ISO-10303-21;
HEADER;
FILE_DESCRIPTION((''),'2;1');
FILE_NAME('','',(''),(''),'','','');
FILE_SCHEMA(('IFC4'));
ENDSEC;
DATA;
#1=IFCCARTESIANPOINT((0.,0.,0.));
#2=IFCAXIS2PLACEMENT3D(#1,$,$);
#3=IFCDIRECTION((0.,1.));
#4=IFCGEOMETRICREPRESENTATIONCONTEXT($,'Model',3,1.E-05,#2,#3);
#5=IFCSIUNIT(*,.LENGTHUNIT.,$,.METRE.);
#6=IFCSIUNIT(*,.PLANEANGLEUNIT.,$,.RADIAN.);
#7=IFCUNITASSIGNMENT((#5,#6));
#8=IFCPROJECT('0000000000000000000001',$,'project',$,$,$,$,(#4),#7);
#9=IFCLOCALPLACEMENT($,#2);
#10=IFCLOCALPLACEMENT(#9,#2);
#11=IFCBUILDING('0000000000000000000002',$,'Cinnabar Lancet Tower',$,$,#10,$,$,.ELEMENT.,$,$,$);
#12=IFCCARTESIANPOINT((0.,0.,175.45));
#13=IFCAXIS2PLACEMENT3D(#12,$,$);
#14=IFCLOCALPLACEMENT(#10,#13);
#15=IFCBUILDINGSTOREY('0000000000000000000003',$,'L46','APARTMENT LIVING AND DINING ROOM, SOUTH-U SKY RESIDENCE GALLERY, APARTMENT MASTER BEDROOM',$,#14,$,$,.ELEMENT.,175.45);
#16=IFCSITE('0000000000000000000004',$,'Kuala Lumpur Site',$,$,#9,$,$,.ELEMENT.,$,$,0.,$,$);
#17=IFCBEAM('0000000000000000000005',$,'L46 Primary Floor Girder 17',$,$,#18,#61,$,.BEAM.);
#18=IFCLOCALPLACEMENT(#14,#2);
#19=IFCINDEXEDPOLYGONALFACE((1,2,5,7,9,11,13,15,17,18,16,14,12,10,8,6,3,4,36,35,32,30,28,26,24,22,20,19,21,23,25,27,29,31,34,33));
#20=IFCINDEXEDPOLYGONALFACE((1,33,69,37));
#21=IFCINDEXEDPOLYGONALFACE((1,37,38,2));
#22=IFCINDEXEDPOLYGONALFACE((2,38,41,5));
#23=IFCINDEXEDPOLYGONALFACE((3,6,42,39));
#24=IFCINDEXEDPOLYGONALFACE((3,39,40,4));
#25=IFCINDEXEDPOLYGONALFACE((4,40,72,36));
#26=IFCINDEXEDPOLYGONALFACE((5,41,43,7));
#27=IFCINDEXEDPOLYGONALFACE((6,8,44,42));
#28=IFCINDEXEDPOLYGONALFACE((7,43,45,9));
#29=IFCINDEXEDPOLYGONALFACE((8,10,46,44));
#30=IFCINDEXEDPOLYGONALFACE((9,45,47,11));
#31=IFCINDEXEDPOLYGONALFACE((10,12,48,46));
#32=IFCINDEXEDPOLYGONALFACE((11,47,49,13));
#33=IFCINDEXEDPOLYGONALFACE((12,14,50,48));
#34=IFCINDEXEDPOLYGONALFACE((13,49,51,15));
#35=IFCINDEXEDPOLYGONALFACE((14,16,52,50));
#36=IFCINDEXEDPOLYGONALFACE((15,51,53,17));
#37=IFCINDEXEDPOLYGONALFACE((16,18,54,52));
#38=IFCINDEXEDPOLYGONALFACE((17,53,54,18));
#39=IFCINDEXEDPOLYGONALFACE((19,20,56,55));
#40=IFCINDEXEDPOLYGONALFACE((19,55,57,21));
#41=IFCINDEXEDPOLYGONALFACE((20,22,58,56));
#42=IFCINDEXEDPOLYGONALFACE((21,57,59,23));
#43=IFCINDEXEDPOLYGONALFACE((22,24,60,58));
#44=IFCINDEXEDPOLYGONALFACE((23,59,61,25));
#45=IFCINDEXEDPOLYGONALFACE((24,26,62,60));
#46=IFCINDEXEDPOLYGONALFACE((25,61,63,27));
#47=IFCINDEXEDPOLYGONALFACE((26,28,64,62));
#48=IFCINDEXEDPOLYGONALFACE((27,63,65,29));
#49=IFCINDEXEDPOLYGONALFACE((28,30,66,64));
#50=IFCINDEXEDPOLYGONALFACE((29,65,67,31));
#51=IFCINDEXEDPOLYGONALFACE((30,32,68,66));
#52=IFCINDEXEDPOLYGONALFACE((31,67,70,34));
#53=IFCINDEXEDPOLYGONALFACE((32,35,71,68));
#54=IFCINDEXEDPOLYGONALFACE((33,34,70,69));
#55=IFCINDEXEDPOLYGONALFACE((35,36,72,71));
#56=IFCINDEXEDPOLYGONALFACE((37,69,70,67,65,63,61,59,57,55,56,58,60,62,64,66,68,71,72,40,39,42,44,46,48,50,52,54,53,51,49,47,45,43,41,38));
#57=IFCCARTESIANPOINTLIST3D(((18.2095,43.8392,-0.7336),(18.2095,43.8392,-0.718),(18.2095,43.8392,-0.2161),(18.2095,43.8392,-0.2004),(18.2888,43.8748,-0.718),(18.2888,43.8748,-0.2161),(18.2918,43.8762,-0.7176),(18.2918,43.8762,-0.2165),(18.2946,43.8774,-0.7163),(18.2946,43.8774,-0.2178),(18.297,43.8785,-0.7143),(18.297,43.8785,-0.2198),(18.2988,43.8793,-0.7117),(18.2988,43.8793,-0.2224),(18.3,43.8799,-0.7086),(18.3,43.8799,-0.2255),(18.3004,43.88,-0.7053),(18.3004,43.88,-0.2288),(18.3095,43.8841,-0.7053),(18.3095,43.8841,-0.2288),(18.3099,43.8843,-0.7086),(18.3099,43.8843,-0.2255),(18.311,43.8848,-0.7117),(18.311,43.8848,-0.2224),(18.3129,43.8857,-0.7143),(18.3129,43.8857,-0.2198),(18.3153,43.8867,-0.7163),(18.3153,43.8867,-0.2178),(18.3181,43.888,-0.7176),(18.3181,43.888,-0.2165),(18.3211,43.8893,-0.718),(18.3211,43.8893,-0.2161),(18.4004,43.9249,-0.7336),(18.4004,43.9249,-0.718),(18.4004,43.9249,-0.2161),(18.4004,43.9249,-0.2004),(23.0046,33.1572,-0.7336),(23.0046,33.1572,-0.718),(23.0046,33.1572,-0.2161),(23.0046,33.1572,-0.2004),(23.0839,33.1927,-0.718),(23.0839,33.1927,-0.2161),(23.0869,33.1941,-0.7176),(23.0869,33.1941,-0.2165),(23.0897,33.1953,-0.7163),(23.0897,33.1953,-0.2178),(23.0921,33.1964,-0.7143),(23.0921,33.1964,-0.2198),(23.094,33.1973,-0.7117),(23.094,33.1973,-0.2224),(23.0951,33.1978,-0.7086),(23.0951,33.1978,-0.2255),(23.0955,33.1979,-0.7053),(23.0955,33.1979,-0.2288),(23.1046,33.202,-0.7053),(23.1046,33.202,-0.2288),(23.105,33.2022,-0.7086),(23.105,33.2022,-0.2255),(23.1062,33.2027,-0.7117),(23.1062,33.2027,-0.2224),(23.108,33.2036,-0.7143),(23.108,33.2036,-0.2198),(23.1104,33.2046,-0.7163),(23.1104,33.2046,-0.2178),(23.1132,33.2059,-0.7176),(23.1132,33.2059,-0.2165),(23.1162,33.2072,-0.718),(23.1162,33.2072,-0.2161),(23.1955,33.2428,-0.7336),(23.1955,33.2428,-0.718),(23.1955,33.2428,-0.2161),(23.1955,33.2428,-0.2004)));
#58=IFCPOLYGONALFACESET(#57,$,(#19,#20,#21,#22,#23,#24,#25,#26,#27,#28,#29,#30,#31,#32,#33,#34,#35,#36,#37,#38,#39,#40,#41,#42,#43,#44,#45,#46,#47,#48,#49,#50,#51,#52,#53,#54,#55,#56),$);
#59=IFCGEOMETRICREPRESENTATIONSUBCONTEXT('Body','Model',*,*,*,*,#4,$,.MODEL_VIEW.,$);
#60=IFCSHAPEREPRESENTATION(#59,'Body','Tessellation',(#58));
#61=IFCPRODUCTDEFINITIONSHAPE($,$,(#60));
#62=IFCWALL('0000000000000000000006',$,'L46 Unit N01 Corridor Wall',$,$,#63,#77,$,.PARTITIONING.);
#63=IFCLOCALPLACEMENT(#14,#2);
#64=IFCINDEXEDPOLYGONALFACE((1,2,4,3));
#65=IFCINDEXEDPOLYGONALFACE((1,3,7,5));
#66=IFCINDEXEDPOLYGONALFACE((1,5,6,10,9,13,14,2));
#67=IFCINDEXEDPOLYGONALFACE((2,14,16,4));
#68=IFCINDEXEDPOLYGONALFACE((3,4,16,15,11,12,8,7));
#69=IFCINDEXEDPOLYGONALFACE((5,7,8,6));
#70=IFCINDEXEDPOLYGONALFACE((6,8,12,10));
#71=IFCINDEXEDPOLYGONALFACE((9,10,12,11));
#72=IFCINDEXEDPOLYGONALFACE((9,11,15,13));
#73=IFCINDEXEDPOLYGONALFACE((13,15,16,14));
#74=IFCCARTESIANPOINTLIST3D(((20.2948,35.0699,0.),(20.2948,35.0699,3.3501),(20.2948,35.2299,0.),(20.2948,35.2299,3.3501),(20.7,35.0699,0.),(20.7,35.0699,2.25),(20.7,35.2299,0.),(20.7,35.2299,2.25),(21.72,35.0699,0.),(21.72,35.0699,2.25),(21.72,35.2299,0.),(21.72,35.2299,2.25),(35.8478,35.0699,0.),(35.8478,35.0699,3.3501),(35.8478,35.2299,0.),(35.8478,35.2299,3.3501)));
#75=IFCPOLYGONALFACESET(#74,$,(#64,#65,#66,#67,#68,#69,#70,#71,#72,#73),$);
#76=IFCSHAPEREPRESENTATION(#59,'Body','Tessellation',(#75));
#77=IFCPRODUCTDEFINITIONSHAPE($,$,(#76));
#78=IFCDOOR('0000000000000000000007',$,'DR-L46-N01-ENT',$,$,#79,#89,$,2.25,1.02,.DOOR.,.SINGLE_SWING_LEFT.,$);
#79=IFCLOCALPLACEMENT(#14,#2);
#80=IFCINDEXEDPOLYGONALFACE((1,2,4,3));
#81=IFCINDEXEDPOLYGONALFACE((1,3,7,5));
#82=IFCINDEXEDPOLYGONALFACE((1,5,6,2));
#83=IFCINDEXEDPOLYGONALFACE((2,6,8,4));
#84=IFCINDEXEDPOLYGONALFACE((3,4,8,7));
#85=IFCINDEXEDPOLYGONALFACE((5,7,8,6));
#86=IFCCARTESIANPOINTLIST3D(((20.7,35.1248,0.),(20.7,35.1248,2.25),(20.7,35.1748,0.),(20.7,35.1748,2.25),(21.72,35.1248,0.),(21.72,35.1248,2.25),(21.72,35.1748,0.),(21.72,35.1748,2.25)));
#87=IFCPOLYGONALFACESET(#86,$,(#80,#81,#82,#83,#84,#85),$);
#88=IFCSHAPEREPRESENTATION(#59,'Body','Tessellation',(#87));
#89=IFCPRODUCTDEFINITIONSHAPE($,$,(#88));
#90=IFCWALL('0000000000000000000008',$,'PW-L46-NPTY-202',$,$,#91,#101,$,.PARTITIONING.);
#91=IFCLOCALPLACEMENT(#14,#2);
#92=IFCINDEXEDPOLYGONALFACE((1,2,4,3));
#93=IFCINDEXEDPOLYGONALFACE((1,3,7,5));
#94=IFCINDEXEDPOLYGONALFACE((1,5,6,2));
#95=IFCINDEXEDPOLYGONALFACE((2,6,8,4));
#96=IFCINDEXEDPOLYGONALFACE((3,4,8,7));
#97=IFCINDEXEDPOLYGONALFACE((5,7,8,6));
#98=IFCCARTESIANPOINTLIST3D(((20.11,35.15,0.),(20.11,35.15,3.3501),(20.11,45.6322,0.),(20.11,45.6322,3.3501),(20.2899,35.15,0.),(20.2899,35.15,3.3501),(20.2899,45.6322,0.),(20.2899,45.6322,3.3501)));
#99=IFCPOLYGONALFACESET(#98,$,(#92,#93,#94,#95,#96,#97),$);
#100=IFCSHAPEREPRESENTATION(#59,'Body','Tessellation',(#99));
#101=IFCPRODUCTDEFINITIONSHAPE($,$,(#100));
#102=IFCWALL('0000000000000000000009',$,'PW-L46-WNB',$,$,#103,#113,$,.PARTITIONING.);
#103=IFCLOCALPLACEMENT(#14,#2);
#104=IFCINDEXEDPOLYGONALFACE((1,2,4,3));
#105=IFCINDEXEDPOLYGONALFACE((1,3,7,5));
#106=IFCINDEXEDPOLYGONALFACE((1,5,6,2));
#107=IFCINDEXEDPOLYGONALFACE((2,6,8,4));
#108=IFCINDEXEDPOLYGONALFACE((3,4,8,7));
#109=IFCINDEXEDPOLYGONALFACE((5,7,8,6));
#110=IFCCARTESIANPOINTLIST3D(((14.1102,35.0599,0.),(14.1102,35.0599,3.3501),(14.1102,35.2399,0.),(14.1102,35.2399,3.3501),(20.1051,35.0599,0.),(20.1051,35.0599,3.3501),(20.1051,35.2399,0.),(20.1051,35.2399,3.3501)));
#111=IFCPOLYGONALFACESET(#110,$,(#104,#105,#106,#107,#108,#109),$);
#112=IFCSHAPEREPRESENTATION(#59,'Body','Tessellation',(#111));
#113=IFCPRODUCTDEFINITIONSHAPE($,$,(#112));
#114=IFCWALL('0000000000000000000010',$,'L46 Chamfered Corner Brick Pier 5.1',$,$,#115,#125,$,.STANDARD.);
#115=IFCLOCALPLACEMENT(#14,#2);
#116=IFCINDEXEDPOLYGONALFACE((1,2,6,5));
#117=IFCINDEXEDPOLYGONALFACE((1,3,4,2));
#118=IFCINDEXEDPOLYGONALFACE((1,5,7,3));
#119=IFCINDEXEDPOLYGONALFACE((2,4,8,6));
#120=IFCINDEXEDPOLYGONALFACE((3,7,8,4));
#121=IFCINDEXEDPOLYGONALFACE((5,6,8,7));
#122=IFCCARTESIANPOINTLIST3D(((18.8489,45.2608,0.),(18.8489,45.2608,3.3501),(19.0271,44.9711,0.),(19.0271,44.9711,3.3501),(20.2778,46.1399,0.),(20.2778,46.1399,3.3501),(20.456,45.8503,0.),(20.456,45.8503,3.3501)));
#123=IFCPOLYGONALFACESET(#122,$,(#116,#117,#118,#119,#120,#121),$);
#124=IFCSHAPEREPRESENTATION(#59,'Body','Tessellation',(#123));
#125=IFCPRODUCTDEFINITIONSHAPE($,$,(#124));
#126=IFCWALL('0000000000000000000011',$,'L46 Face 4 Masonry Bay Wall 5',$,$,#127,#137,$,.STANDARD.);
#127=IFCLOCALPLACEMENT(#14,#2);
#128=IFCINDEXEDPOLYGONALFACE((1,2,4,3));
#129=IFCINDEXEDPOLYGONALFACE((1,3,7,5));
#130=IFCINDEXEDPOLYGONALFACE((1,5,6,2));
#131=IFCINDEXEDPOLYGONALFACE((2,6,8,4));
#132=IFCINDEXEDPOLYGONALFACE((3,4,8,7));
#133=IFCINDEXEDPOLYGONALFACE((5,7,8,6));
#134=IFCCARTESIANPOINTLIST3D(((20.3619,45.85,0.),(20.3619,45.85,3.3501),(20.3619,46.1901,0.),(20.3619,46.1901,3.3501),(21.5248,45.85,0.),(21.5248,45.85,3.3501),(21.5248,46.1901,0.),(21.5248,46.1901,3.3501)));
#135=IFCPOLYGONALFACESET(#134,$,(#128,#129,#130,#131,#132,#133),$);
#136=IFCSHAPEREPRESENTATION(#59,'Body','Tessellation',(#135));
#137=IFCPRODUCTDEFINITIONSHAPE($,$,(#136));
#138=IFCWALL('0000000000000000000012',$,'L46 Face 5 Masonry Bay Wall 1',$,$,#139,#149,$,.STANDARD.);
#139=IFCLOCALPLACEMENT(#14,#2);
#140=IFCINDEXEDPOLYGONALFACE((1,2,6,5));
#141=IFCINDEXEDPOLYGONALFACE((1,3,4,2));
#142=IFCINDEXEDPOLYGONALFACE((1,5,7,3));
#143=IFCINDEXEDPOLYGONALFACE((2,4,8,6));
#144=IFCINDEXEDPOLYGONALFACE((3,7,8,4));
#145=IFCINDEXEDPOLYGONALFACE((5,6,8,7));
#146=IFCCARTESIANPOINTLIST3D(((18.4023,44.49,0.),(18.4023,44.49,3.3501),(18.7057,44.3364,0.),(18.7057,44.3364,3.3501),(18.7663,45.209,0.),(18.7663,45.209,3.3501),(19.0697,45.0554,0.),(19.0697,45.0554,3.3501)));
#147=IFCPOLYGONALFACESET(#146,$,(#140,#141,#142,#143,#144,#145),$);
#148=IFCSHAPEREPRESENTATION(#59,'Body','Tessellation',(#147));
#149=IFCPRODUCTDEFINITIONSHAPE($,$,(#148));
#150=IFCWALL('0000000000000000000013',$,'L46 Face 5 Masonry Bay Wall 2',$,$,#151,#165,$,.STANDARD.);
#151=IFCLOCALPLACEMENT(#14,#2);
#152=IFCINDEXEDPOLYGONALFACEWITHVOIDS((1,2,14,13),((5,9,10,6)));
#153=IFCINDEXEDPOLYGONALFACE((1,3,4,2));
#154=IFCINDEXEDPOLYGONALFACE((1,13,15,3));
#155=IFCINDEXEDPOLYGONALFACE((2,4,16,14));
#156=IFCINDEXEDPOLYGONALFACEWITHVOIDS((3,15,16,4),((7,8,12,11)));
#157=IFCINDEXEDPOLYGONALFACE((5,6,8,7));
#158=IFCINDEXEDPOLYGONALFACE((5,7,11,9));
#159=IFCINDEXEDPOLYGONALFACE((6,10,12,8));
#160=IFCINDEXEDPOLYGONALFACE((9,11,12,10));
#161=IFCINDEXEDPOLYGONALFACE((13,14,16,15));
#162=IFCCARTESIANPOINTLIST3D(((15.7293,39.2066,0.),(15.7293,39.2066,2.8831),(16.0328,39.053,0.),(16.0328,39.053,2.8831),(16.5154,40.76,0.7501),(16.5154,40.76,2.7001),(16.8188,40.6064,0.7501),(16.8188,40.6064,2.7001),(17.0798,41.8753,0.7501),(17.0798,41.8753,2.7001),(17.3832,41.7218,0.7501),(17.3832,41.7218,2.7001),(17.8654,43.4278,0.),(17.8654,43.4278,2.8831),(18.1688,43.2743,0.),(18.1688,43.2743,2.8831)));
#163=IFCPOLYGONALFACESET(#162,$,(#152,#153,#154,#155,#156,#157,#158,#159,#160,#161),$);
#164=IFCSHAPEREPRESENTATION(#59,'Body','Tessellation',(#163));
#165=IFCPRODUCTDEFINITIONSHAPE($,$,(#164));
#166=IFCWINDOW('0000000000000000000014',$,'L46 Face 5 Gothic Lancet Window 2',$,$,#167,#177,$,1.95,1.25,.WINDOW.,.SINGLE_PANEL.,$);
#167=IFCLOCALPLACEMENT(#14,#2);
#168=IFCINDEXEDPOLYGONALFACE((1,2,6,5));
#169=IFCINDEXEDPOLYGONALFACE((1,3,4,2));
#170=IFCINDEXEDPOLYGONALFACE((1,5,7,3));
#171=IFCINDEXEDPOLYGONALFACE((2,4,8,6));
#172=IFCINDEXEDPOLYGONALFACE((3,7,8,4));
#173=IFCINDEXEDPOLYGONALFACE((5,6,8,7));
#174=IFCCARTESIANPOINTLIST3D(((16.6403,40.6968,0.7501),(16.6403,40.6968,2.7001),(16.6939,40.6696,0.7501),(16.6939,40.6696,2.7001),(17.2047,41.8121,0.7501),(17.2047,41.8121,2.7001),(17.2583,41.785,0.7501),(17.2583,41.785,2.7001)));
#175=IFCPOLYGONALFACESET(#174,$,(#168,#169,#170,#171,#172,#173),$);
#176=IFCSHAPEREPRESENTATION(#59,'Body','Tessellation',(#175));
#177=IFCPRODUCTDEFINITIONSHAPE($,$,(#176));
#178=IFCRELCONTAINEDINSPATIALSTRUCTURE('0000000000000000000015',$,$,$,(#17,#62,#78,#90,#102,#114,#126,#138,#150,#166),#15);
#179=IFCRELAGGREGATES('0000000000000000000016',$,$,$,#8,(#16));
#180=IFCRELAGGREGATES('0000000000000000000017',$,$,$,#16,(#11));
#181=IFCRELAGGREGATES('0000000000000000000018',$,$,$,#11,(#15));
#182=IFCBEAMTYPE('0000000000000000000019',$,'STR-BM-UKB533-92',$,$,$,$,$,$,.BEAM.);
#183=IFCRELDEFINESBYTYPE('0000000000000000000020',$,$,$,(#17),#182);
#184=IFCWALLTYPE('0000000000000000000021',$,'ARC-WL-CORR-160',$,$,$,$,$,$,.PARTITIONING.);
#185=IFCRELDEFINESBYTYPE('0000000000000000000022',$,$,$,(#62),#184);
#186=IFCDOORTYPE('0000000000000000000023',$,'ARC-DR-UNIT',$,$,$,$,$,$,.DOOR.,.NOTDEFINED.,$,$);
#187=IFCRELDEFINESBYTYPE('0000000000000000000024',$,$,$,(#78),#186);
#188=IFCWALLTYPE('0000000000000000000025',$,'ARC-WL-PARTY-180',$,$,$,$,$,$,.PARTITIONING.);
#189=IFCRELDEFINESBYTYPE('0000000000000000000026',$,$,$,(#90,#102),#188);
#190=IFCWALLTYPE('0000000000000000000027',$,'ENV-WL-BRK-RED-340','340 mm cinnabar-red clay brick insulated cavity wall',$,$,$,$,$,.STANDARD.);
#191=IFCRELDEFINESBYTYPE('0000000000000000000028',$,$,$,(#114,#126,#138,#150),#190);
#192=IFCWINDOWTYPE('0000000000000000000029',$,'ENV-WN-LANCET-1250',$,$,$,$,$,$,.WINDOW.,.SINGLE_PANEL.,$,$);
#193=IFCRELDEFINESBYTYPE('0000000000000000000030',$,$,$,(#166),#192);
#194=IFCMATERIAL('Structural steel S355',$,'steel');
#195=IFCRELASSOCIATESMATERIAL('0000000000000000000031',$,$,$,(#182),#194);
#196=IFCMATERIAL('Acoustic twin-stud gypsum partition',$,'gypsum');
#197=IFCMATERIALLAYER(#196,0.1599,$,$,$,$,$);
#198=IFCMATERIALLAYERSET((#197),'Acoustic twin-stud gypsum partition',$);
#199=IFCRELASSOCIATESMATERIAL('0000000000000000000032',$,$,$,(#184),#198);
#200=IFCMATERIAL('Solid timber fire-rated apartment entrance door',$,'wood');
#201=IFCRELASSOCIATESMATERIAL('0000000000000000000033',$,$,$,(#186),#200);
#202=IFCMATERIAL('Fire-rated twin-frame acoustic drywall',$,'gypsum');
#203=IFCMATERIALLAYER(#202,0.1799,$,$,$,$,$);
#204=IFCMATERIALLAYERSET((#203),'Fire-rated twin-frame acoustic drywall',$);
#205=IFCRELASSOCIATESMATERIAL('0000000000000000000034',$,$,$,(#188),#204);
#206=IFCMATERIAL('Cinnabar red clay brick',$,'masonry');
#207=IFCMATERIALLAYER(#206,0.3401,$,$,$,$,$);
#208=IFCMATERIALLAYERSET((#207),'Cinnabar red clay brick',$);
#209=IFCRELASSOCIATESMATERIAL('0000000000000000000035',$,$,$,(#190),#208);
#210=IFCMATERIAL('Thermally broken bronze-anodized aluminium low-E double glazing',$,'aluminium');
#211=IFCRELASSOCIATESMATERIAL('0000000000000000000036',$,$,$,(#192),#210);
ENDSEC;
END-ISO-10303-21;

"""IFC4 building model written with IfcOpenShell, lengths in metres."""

from ifc_helpers import new_model, si_unit, direction, frame, frame_2d, origin, origin_2d, place, context, subcontext, project, spatial, rectangle, i_section, extrude, material, layer, layer_set, material_profile, profile_set, type_object, element, fill, save


model = new_model("IFC4")

# Units and contexts
model_context = context("Model", 3, precision=1e-05, world=origin(), true_north=direction((0.0, 1.0)))
body_context = subcontext(model_context, "Body", "Model", "MODEL_VIEW")
ifc_project = project(units=[si_unit("LENGTHUNIT", "METRE"), si_unit("PLANEANGLEUNIT", "RADIAN")], contexts=[model_context])

# Site, building, storey
site_placement = place(None, origin())
site = spatial("IfcSite", under=ifc_project, at=site_placement, Name="Kuala Lumpur Site", CompositionType="ELEMENT", RefElevation=0.0)
building_placement = place(site_placement, origin())
building = spatial("IfcBuilding", under=site, at=building_placement, Name="Cinnabar Lancet Tower", CompositionType="ELEMENT")
storey_placement = place(building_placement, frame((0.0, 0.0, 175.45)))
storey = spatial("IfcBuildingStorey", under=building, at=storey_placement, Name="L46", Description="APARTMENT LIVING AND DINING ROOM, SOUTH-U SKY RESIDENCE GALLERY, APARTMENT MASTER BEDROOM", CompositionType="ELEMENT", Elevation=175.45)

# Beam
ifc_material_1 = material(Name="Structural steel S355", Category="steel")
ifc_material_profile_1 = material_profile(ifc_material_1, i_section(OverallWidth=0.2092, OverallDepth=0.5332, WebThickness=0.01, FlangeThickness=0.0156, FilletRadius=0.0127, at=origin_2d()), Name="UKB 533x210x92")
ifc_profile_set_1 = profile_set([ifc_material_profile_1], Name="Structural steel S355")
beam_type_1 = type_object("IfcBeamType", Name="STR-BM-UKB533-92", PredefinedType="BEAM", material=ifc_profile_set_1)
beam_1_placement = place(storey_placement, frame((18.3049, 43.8821, -0.467), z_axis=(0.409527, -0.912298, 0.0), x_axis=(0.912298, 0.409527, 0.0)))
element("IfcBeam", 1, at=beam_1_placement, inside=storey, type_object=beam_type_1, Name="L46 Primary Floor Girder 17", PredefinedType="BEAM", context=body_context, shape_type="SweptSolid", body=[
    extrude(i_section(OverallWidth=0.2092, OverallDepth=0.5332, WebThickness=0.01, FlangeThickness=0.0156, FilletRadius=0.0127, at=origin_2d()), origin(), (0.0, 0.0, 1.0), 11.709),
])

# Wall, opening, door
ifc_material_2 = material(Name="Acoustic twin-stud gypsum partition", Category="gypsum")
ifc_layer_1 = layer(ifc_material_2, 0.1599)
ifc_layer_set_1 = layer_set([ifc_layer_1], Name="Acoustic twin-stud gypsum partition")
wall_type_1 = type_object("IfcWallType", Name="ARC-WL-CORR-160", PredefinedType="PARTITIONING", material=ifc_layer_set_1)
wall_1_placement = place(storey_placement, frame((20.2949, 35.1499, 0.0), z_axis=(0.0, 0.0, 1.0), x_axis=(1.0, 0.0, 0.0)))
wall_1 = element("IfcWall", 2, at=wall_1_placement, inside=storey, type_object=wall_type_1, Name="L46 Unit N01 Corridor Wall", PredefinedType="PARTITIONING", context=body_context, shape_type="SweptSolid", body=[
    extrude(rectangle(XDim=15.553, YDim=0.1599, at=frame_2d((7.7764, 0.0))), origin(), (0.0, 0.0, 1.0), 3.3501),
])
opening_1_placement = place(wall_1_placement, frame((0.405, 0.0, 0.0)))
opening_1 = element("IfcOpeningElement", 3, at=opening_1_placement, cuts=wall_1, PredefinedType="OPENING", context=body_context, shape_type="SweptSolid", body=[
    extrude(rectangle(XDim=1.02, YDim=2.25, at=frame_2d((0.51, 1.125))), frame((0.0, 0.0898, 0.0), z_axis=(0.0, -1.0, 0.0), x_axis=(1.0, 0.0, 0.0)), (0.0, 0.0, 1.0), 0.1799),
])
ifc_material_3 = material(Name="Solid timber fire-rated apartment entrance door", Category="wood")
door_type = type_object("IfcDoorType", Name="ARC-DR-UNIT", OperationType="NOTDEFINED", PredefinedType="DOOR", material=ifc_material_3)
door_placement = place(opening_1_placement, origin())
door = element("IfcDoor", 4, at=door_placement, inside=storey, type_object=door_type, Name="DR-L46-N01-ENT", OperationType="SINGLE_SWING_LEFT", OverallHeight=2.25, OverallWidth=1.02, PredefinedType="DOOR", context=body_context, shape_type="SweptSolid", body=[
    extrude(rectangle(XDim=1.02, YDim=2.25, at=frame_2d((0.51, 1.125))), frame((0.0, 0.0249, 0.0), z_axis=(0.0, -1.0, 0.0), x_axis=(1.0, 0.0, 0.0)), (0.0, 0.0, 1.0), 0.05),
])
fill(opening_1, door)

# Walls
ifc_material_4 = material(Name="Fire-rated twin-frame acoustic drywall", Category="gypsum")
ifc_layer_2 = layer(ifc_material_4, 0.1799)
ifc_layer_set_2 = layer_set([ifc_layer_2], Name="Fire-rated twin-frame acoustic drywall")
wall_type_2 = type_object("IfcWallType", Name="ARC-WL-PARTY-180", PredefinedType="PARTITIONING", material=ifc_layer_set_2)
wall_2_placement = place(storey_placement, frame((20.2, 35.1499, 0.0), z_axis=(0.0, 0.0, 1.0), x_axis=(0.0, 1.0, 0.0)))
element("IfcWall", 5, at=wall_2_placement, inside=storey, type_object=wall_type_2, Name="PW-L46-NPTY-202", PredefinedType="PARTITIONING", context=body_context, shape_type="SweptSolid", body=[
    extrude(rectangle(XDim=10.4822, YDim=0.1799, at=frame_2d((5.2412, 0.0))), origin(), (0.0, 0.0, 1.0), 3.3501),
])
wall_3_placement = place(storey_placement, frame((14.1101, 35.1499, 0.0), z_axis=(0.0, 0.0, 1.0), x_axis=(1.0, 0.0, 0.0)))
element("IfcWall", 6, at=wall_3_placement, inside=storey, type_object=wall_type_2, Name="PW-L46-WNB", PredefinedType="PARTITIONING", context=body_context, shape_type="SweptSolid", body=[
    extrude(rectangle(XDim=5.9949, YDim=0.1799, at=frame_2d((2.9976, 0.0))), origin(), (0.0, 0.0, 1.0), 3.3501),
])
ifc_material_5 = material(Name="Cinnabar red clay brick", Category="masonry")
ifc_layer_3 = layer(ifc_material_5, 0.3401)
ifc_layer_set_3 = layer_set([ifc_layer_3], Name="Cinnabar red clay brick")
wall_type_3 = type_object("IfcWallType", Name="ENV-WL-BRK-RED-340", Description="340 mm cinnabar-red clay brick insulated cavity wall", PredefinedType="STANDARD", material=ifc_layer_set_3)
wall_4_placement = place(storey_placement, frame((20.3669, 45.9951, 0.0), z_axis=(0.0, 0.0, 1.0), x_axis=(-0.851713, -0.524008, 0.0)))
element("IfcWall", 7, at=wall_4_placement, inside=storey, type_object=wall_type_3, Name="L46 Chamfered Corner Brick Pier 5.1", PredefinedType="STANDARD", context=body_context, shape_type="SweptSolid", body=[
    extrude(rectangle(XDim=1.6777, YDim=0.3401, at=frame_2d((0.8389, 0.0))), origin(), (0.0, 0.0, 1.0), 3.3501),
])
wall_5_placement = place(storey_placement, frame((21.5249, 46.02, 0.0), z_axis=(0.0, 0.0, 1.0), x_axis=(-1.0, 0.0, 0.0)))
element("IfcWall", 8, at=wall_5_placement, inside=storey, type_object=wall_type_3, Name="L46 Face 4 Masonry Bay Wall 5", PredefinedType="STANDARD", context=body_context, shape_type="SweptSolid", body=[
    extrude(rectangle(XDim=1.1628, YDim=0.3401, at=frame_2d((0.5815, 0.0))), origin(), (0.0, 0.0, 1.0), 3.3501),
])
wall_6_placement = place(storey_placement, frame((18.918, 45.1321, 0.0), z_axis=(0.0, 0.0, 1.0), x_axis=(-0.451692, -0.892174, 0.0)))
element("IfcWall", 9, at=wall_6_placement, inside=storey, type_object=wall_type_3, Name="L46 Face 5 Masonry Bay Wall 1", PredefinedType="STANDARD", context=body_context, shape_type="SweptSolid", body=[
    extrude(rectangle(XDim=0.8059, YDim=0.3401, at=frame_2d((0.4028, 0.0))), origin(), (0.0, 0.0, 1.0), 3.3501),
])

# Wall, opening, window
wall_7_placement = place(storey_placement, frame((18.0171, 43.3511, 0.0), z_axis=(0.0, 0.0, 1.0), x_axis=(-0.451502, -0.89227, 0.0)))
wall_7 = element("IfcWall", 10, at=wall_7_placement, inside=storey, type_object=wall_type_3, Name="L46 Face 5 Masonry Bay Wall 2", PredefinedType="STANDARD", context=body_context, shape_type="SweptSolid", body=[
    extrude(rectangle(XDim=4.731, YDim=0.3401, at=frame_2d((2.3655, 0.0))), origin(), (0.0, 0.0, 1.0), 2.8831),
])
opening_2_placement = place(wall_7_placement, frame((1.74, 0.0, 0.75)))
opening_2 = element("IfcOpeningElement", 11, at=opening_2_placement, cuts=wall_7, PredefinedType="OPENING", context=body_context, shape_type="SweptSolid", body=[
    extrude(rectangle(XDim=1.25, YDim=1.95, at=frame_2d((0.625, 0.9751))), frame((0.0, 0.1799, 0.0), z_axis=(0.0, -1.0, 0.0), x_axis=(1.0, 0.0, 0.0)), (0.0, 0.0, 1.0), 0.3601),
])
ifc_material_6 = material(Name="Thermally broken bronze-anodized aluminium low-E double glazing", Category="aluminium")
window_type_1 = type_object("IfcWindowType", Name="ENV-WN-LANCET-1250", PartitioningType="SINGLE_PANEL", PredefinedType="WINDOW", material=ifc_material_6)
window_1_placement = place(opening_2_placement, origin())
window_1 = element("IfcWindow", 12, at=window_1_placement, inside=storey, type_object=window_type_1, Name="L46 Face 5 Gothic Lancet Window 2", OverallHeight=1.95, OverallWidth=1.25, PartitioningType="SINGLE_PANEL", PredefinedType="WINDOW", context=body_context, shape_type="SweptSolid", body=[
    extrude(rectangle(XDim=1.25, YDim=1.95, at=frame_2d((0.625, 0.9751))), frame((0.0, 0.03, 0.0), z_axis=(0.0, -1.0, 0.0), x_axis=(1.0, 0.0, 0.0)), (0.0, 0.0, 1.0), 0.0601),
])
fill(opening_2, window_1)

save(model, "model.ifc")
